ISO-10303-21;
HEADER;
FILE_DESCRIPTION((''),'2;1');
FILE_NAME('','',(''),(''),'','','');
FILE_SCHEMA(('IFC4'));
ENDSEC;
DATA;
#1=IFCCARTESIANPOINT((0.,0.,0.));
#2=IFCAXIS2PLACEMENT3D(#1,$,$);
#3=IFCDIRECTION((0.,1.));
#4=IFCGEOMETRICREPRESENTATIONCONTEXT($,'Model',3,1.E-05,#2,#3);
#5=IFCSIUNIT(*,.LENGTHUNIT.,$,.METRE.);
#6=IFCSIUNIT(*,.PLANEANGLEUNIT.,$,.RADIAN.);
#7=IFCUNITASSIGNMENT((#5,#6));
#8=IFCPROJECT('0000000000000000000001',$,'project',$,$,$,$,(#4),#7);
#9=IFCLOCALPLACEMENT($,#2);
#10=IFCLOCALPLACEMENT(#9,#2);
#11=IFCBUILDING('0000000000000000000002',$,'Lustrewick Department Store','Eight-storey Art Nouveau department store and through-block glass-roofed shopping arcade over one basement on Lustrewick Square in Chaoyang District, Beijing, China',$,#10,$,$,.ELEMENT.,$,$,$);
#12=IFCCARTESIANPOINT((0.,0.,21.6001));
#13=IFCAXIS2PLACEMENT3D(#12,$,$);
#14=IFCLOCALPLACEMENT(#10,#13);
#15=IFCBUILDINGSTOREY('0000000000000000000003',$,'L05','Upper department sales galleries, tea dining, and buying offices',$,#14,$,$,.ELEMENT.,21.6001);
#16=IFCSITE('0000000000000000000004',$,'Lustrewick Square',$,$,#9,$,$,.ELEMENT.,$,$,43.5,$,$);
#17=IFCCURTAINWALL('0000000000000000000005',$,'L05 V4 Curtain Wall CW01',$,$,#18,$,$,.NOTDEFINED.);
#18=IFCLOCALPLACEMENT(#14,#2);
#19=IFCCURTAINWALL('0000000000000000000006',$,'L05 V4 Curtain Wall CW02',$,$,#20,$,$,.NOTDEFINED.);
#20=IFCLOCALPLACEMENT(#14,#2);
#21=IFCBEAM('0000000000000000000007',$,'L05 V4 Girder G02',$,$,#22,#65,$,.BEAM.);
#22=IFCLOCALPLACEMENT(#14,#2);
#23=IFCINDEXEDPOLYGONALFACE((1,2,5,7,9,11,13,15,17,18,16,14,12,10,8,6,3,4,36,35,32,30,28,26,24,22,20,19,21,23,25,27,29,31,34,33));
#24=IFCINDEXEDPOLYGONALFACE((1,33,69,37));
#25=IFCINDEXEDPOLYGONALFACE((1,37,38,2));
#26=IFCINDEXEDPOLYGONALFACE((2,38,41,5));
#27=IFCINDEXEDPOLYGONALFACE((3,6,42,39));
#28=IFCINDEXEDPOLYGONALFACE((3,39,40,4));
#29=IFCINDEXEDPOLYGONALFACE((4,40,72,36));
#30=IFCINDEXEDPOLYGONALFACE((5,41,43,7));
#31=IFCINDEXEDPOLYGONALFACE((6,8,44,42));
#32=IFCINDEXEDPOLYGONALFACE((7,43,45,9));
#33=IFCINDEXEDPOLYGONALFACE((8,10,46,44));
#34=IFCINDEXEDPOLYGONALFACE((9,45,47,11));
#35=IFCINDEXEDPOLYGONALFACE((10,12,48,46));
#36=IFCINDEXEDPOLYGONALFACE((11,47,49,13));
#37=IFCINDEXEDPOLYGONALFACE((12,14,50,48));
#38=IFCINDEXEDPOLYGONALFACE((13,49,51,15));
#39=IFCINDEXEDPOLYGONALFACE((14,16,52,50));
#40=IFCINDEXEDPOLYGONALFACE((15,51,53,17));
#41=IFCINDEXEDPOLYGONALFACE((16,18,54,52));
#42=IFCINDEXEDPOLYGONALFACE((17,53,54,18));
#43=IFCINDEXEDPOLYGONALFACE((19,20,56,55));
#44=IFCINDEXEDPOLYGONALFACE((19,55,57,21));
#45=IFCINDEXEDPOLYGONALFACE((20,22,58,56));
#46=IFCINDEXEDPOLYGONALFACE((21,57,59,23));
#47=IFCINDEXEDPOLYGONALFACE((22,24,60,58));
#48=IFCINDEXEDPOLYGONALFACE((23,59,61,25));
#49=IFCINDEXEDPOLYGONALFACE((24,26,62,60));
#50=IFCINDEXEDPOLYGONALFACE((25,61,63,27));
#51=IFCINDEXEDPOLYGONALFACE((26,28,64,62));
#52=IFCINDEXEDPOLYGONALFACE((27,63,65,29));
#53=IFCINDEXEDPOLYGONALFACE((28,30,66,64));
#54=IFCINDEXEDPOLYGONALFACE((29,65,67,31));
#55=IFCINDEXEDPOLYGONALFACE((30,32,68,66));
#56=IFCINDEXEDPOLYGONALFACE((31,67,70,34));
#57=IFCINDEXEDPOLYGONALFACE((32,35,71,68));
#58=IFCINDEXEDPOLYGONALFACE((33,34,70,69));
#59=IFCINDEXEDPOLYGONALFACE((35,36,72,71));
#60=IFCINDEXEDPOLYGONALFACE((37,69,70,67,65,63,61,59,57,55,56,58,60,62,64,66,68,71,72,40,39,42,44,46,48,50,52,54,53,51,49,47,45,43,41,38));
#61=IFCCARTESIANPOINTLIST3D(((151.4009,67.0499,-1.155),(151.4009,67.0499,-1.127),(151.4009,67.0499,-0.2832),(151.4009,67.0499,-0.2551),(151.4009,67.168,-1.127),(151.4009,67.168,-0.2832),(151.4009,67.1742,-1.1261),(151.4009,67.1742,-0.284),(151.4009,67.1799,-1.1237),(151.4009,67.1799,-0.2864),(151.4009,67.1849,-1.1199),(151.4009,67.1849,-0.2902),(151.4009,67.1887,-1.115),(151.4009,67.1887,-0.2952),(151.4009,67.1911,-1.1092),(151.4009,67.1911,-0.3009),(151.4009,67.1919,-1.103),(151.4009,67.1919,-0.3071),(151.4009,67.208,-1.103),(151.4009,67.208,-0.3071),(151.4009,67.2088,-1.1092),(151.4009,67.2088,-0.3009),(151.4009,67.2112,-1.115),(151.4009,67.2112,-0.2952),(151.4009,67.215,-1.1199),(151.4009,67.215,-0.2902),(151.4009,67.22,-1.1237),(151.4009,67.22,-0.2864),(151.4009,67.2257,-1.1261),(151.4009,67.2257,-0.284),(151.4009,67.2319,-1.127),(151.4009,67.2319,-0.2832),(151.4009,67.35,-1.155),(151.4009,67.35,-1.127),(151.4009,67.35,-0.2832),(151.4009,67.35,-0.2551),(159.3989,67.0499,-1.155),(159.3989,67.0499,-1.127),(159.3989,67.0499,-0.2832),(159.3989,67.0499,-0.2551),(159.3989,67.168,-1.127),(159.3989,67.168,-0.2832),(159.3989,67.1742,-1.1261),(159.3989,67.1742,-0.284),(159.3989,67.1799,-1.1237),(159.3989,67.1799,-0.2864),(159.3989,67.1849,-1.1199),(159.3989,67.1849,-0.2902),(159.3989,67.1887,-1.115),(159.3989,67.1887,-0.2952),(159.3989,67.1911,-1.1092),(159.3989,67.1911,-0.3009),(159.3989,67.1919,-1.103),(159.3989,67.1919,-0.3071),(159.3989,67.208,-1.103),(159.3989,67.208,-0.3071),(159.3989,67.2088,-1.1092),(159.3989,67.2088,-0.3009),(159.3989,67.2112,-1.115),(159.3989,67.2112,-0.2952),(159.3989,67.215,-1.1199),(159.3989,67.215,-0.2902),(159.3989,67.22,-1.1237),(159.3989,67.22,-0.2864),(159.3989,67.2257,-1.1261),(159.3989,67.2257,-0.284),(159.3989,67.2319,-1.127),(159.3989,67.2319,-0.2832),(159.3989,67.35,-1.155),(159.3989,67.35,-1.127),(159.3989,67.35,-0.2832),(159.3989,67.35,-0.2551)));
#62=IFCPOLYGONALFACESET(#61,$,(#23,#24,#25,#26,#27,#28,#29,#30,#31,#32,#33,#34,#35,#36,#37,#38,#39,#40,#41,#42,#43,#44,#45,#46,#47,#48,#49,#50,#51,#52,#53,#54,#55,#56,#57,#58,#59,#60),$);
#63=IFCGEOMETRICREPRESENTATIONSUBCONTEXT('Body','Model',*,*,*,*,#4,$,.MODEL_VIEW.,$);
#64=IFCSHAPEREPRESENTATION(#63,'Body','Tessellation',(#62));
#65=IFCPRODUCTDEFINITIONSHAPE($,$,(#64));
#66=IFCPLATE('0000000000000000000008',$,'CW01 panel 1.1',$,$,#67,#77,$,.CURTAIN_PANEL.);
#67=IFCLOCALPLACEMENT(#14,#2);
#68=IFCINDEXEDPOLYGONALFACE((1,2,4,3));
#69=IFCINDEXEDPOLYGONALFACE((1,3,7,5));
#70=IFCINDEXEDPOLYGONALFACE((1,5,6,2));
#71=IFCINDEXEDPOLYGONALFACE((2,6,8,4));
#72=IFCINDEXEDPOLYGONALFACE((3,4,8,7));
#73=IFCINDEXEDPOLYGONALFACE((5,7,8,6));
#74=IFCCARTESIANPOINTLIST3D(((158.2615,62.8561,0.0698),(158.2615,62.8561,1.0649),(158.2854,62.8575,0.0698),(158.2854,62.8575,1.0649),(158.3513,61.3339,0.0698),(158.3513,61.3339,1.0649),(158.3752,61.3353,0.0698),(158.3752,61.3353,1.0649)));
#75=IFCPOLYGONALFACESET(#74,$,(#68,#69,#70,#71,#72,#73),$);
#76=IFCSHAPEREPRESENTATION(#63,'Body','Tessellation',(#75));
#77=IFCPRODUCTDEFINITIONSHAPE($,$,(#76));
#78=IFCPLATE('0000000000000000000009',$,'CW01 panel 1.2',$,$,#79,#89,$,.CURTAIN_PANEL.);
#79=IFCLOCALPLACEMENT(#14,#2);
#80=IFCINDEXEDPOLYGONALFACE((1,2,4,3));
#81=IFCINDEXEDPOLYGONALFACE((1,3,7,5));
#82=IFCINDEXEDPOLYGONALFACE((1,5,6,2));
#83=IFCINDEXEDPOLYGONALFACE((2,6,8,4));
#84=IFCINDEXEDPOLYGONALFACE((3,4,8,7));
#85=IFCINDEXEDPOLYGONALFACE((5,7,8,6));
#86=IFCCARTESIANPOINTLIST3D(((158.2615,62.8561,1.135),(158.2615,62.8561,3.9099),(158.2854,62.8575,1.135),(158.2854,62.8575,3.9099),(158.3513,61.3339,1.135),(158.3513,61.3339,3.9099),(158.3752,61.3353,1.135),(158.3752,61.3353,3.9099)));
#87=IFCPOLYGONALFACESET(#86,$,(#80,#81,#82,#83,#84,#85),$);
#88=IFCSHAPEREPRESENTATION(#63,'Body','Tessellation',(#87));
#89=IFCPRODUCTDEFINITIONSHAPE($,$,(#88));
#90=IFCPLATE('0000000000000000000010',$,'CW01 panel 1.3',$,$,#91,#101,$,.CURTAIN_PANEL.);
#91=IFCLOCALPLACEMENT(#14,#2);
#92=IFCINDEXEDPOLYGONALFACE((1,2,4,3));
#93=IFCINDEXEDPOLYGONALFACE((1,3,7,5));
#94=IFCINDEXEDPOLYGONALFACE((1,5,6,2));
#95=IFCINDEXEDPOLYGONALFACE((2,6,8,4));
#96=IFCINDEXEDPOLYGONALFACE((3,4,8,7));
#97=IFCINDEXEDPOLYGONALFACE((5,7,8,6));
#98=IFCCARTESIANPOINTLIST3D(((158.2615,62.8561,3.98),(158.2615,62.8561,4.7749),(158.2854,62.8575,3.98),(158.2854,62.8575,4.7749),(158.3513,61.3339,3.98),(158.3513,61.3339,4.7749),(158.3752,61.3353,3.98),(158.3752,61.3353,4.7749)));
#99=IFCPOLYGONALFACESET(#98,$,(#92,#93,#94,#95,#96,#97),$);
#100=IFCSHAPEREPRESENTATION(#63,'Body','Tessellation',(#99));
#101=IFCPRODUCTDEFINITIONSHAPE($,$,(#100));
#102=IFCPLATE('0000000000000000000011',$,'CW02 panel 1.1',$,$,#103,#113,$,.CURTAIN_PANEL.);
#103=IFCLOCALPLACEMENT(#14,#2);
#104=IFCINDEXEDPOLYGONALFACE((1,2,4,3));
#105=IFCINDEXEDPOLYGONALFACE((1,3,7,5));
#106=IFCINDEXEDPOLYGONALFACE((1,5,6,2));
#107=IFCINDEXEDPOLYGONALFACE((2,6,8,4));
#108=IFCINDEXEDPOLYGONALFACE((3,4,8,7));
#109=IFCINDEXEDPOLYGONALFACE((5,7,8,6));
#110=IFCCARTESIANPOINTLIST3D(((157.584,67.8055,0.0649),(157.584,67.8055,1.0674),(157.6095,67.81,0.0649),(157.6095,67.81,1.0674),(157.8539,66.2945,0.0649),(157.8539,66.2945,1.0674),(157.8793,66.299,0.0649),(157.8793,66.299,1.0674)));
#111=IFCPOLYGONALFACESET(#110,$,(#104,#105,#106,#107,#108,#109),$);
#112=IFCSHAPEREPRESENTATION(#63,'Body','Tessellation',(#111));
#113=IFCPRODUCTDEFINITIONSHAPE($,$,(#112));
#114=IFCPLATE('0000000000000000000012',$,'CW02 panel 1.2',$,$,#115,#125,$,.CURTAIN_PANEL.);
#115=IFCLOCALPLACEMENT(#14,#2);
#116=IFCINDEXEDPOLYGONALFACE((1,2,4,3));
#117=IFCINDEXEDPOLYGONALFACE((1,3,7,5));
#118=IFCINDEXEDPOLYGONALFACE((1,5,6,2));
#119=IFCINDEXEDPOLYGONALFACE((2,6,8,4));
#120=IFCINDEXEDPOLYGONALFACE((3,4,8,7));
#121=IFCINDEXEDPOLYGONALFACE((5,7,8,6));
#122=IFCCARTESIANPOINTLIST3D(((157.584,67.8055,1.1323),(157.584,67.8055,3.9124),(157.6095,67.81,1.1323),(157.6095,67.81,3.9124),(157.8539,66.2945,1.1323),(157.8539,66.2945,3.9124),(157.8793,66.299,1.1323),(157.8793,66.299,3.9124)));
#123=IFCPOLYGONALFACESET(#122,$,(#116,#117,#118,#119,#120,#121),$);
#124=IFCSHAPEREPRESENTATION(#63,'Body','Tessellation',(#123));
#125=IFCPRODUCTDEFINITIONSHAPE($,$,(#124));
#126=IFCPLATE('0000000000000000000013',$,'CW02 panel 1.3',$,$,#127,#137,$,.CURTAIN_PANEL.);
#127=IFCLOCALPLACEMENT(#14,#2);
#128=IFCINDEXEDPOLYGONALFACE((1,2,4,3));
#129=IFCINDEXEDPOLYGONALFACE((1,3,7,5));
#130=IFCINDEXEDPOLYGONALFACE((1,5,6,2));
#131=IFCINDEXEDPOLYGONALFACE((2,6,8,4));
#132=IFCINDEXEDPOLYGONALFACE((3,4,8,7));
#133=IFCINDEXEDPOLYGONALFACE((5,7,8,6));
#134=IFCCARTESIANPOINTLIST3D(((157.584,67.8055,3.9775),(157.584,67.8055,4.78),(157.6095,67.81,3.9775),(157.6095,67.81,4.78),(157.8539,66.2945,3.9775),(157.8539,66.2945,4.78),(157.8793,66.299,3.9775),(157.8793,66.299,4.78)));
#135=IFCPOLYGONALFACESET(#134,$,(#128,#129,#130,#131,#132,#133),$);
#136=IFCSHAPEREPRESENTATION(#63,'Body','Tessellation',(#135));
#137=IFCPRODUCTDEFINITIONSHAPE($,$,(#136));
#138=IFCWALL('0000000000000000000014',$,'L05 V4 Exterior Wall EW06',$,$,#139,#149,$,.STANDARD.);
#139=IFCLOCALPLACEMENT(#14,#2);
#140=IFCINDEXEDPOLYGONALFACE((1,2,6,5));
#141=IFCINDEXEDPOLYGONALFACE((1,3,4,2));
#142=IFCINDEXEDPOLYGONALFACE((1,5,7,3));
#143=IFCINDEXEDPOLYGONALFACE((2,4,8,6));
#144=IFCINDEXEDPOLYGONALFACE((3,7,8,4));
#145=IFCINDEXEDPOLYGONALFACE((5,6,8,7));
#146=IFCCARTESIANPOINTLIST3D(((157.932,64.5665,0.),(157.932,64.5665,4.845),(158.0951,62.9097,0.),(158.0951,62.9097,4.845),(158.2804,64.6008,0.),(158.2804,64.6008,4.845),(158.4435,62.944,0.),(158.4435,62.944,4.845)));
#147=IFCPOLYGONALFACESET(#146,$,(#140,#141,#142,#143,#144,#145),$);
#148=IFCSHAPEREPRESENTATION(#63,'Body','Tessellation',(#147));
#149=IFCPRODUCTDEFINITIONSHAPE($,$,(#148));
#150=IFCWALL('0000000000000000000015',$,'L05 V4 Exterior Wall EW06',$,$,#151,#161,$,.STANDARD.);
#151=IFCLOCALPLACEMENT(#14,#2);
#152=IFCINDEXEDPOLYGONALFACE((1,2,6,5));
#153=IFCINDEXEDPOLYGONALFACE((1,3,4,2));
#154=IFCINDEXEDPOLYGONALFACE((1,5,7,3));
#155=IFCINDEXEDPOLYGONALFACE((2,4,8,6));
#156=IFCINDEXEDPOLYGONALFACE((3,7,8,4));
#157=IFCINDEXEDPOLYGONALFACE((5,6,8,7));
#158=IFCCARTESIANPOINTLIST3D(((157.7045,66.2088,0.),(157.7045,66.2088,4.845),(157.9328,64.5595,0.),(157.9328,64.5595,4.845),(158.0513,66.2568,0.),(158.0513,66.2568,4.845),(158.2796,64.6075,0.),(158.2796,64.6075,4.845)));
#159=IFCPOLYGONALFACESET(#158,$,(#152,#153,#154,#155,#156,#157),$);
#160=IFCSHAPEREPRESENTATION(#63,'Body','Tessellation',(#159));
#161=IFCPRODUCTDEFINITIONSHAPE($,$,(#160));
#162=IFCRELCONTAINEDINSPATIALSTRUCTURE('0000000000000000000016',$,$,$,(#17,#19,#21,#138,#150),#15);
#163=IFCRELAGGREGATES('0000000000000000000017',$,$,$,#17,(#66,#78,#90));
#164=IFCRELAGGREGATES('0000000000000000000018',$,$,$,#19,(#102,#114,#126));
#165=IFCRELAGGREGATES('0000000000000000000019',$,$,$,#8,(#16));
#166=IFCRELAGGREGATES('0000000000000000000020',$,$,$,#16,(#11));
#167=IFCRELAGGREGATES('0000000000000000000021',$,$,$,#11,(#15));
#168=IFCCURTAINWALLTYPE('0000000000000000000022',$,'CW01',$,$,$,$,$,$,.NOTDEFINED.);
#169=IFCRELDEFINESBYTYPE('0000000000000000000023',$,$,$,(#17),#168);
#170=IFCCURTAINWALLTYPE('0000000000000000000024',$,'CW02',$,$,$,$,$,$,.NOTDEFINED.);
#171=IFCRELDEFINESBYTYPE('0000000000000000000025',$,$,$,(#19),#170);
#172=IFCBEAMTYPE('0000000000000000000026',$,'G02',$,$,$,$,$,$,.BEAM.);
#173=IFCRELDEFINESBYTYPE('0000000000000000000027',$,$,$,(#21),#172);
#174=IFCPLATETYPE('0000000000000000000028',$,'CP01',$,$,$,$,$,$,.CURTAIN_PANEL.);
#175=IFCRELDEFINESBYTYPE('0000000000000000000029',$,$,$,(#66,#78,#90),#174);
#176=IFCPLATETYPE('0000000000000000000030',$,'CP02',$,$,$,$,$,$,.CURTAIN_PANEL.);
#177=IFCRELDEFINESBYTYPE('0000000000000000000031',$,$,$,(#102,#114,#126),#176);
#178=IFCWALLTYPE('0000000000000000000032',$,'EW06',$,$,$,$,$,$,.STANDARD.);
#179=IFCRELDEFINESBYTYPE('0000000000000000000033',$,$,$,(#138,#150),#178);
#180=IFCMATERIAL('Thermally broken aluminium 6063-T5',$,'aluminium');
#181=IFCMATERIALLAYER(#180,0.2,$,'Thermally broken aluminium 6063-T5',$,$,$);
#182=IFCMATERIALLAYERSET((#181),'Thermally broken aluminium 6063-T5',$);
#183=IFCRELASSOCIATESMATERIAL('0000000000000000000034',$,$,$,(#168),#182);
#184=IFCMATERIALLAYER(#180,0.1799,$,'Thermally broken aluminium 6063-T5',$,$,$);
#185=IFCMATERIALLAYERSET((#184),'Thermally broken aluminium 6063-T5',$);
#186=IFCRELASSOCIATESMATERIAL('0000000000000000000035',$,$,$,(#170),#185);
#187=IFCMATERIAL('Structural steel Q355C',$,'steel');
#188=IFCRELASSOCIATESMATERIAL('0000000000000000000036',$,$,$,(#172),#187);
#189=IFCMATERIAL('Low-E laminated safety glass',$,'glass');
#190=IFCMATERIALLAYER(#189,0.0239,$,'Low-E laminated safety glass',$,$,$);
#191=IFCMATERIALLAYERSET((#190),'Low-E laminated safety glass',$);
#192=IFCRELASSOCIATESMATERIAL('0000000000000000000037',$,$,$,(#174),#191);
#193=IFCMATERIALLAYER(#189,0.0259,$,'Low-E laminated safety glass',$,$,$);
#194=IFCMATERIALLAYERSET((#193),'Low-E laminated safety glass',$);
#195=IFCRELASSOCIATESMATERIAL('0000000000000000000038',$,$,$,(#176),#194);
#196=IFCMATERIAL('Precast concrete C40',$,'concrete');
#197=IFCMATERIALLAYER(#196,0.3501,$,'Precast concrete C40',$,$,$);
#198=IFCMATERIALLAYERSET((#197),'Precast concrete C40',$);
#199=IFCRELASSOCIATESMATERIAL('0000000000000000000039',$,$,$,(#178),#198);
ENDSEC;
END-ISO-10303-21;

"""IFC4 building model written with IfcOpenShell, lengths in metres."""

from ifc_helpers import new_model, si_unit, direction, frame, frame_2d, origin, origin_2d, place, context, subcontext, project, spatial, rectangle, i_section, extrude, material, layer, layer_set, material_profile, profile_set, type_object, element, aggregate, save


model = new_model("IFC4")

# Units and contexts
model_context = context("Model", 3, precision=1e-05, world=origin(), true_north=direction((0.0, 1.0)))
body_context = subcontext(model_context, "Body", "Model", "MODEL_VIEW")
ifc_project = project(units=[si_unit("LENGTHUNIT", "METRE"), si_unit("PLANEANGLEUNIT", "RADIAN")], contexts=[model_context])

# Site, building, storey
site_placement = place(None, origin())
site = spatial("IfcSite", under=ifc_project, at=site_placement, Name="Lustrewick Square", CompositionType="ELEMENT", RefElevation=43.5)
building_placement = place(site_placement, origin())
building = spatial("IfcBuilding", under=site, at=building_placement, Name="Lustrewick Department Store", Description="Eight-storey Art Nouveau department store and through-block glass-roofed shopping arcade over one basement on Lustrewick Square in Chaoyang District, Beijing, China", CompositionType="ELEMENT")
storey_placement = place(building_placement, frame((0.0, 0.0, 21.6001)))
storey = spatial("IfcBuildingStorey", under=building, at=storey_placement, Name="L05", Description="Upper department sales galleries, tea dining, and buying offices", CompositionType="ELEMENT", Elevation=21.6001)

# Curtain walls
ifc_material_1 = material(Name="Thermally broken aluminium 6063-T5", Category="aluminium")
ifc_layer_1 = layer(ifc_material_1, 0.2, Name="Thermally broken aluminium 6063-T5")
ifc_layer_set_1 = layer_set([ifc_layer_1], Name="Thermally broken aluminium 6063-T5")
curtain_wall_type_1 = type_object("IfcCurtainWallType", Name="CW01", PredefinedType="NOTDEFINED", material=ifc_layer_set_1)
curtain_wall_1_placement = place(storey_placement, origin())
curtain_wall_1 = element("IfcCurtainWall", 1, at=curtain_wall_1_placement, inside=storey, type_object=curtain_wall_type_1, Name="L05 V4 Curtain Wall CW01", PredefinedType="NOTDEFINED")
ifc_layer_2 = layer(ifc_material_1, 0.1799, Name="Thermally broken aluminium 6063-T5")
ifc_layer_set_2 = layer_set([ifc_layer_2], Name="Thermally broken aluminium 6063-T5")
curtain_wall_type_2 = type_object("IfcCurtainWallType", Name="CW02", PredefinedType="NOTDEFINED", material=ifc_layer_set_2)
curtain_wall_2_placement = place(storey_placement, origin())
curtain_wall_2 = element("IfcCurtainWall", 2, at=curtain_wall_2_placement, inside=storey, type_object=curtain_wall_type_2, Name="L05 V4 Curtain Wall CW02", PredefinedType="NOTDEFINED")

# Beam
ifc_material_2 = material(Name="Structural steel Q355C", Category="steel")
ifc_material_profile_1 = material_profile(ifc_material_2, i_section(OverallWidth=0.3, OverallDepth=0.8999, WebThickness=0.0161, FlangeThickness=0.0281, FilletRadius=0.0239, at=origin_2d()), Name="HN 900x300x16x28")
ifc_profile_set_1 = profile_set([ifc_material_profile_1], Name="Structural steel Q355C")
beam_type_1 = type_object("IfcBeamType", Name="G02", PredefinedType="BEAM", material=ifc_profile_set_1)
beam_1_placement = place(storey_placement, frame((151.4009, 67.2, -0.7051), z_axis=(1.0, 0.0, 0.0), x_axis=(0.0, 1.0, 0.0)))
element("IfcBeam", 3, at=beam_1_placement, inside=storey, type_object=beam_type_1, Name="L05 V4 Girder G02", PredefinedType="BEAM", context=body_context, shape_type="SweptSolid", body=[
    extrude(i_section(OverallWidth=0.3, OverallDepth=0.8999, WebThickness=0.0161, FlangeThickness=0.0281, FilletRadius=0.0239, at=origin_2d()), origin(), (0.0, 0.0, 1.0), 7.998),
])

# Plates
ifc_material_3 = material(Name="Low-E laminated safety glass", Category="glass")
ifc_layer_3 = layer(ifc_material_3, 0.0239, Name="Low-E laminated safety glass")
ifc_layer_set_3 = layer_set([ifc_layer_3], Name="Low-E laminated safety glass")
plate_type_1 = type_object("IfcPlateType", Name="CP01", PredefinedType="CURTAIN_PANEL", material=ifc_layer_set_3)
plate_1_placement = place(storey_placement, frame((158.3184, 62.0957, 0.0698), z_axis=(0.0, 0.0, 1.0), x_axis=(-0.058859, 0.998266, 0.0)))
plate_1 = element("IfcPlate", 4, at=plate_1_placement, type_object=plate_type_1, Name="CW01 panel 1.1", PredefinedType="CURTAIN_PANEL", context=body_context, shape_type="SweptSolid", body=[
    extrude(rectangle(XDim=1.5249, YDim=0.0239, at=origin_2d()), origin(), (0.0, 0.0, 1.0), 0.9951),
])
plate_2_placement = place(storey_placement, frame((158.3184, 62.0957, 1.135), z_axis=(0.0, 0.0, 1.0), x_axis=(-0.058859, 0.998266, 0.0)))
plate_2 = element("IfcPlate", 5, at=plate_2_placement, type_object=plate_type_1, Name="CW01 panel 1.2", PredefinedType="CURTAIN_PANEL", context=body_context, shape_type="SweptSolid", body=[
    extrude(rectangle(XDim=1.5249, YDim=0.0239, at=origin_2d()), origin(), (0.0, 0.0, 1.0), 2.7749),
])
plate_3_placement = place(storey_placement, frame((158.3184, 62.0957, 3.98), z_axis=(0.0, 0.0, 1.0), x_axis=(-0.058859, 0.998266, 0.0)))
plate_3 = element("IfcPlate", 6, at=plate_3_placement, type_object=plate_type_1, Name="CW01 panel 1.3", PredefinedType="CURTAIN_PANEL", context=body_context, shape_type="SweptSolid", body=[
    extrude(rectangle(XDim=1.5249, YDim=0.0239, at=origin_2d()), origin(), (0.0, 0.0, 1.0), 0.7949),
])
aggregate(curtain_wall_1, [plate_1, plate_2, plate_3])
ifc_layer_4 = layer(ifc_material_3, 0.0259, Name="Low-E laminated safety glass")
ifc_layer_set_4 = layer_set([ifc_layer_4], Name="Low-E laminated safety glass")
plate_type_2 = type_object("IfcPlateType", Name="CP02", PredefinedType="CURTAIN_PANEL", material=ifc_layer_set_4)
plate_4_placement = place(storey_placement, frame((157.7317, 67.0522, 0.0649), z_axis=(0.0, 0.0, 1.0), x_axis=(-0.175803, 0.984425, 0.0)))
plate_4 = element("IfcPlate", 7, at=plate_4_placement, type_object=plate_type_2, Name="CW02 panel 1.1", PredefinedType="CURTAIN_PANEL", context=body_context, shape_type="SweptSolid", body=[
    extrude(rectangle(XDim=1.5349, YDim=0.0259, at=origin_2d()), origin(), (0.0, 0.0, 1.0), 1.0024),
])
plate_5_placement = place(storey_placement, frame((157.7317, 67.0522, 1.1323), z_axis=(0.0, 0.0, 1.0), x_axis=(-0.175803, 0.984425, 0.0)))
plate_5 = element("IfcPlate", 8, at=plate_5_placement, type_object=plate_type_2, Name="CW02 panel 1.2", PredefinedType="CURTAIN_PANEL", context=body_context, shape_type="SweptSolid", body=[
    extrude(rectangle(XDim=1.5349, YDim=0.0259, at=origin_2d()), origin(), (0.0, 0.0, 1.0), 2.78),
])
plate_6_placement = place(storey_placement, frame((157.7317, 67.0522, 3.9775), z_axis=(0.0, 0.0, 1.0), x_axis=(-0.175803, 0.984425, 0.0)))
plate_6 = element("IfcPlate", 9, at=plate_6_placement, type_object=plate_type_2, Name="CW02 panel 1.3", PredefinedType="CURTAIN_PANEL", context=body_context, shape_type="SweptSolid", body=[
    extrude(rectangle(XDim=1.5349, YDim=0.0259, at=origin_2d()), origin(), (0.0, 0.0, 1.0), 0.8025),
])
aggregate(curtain_wall_2, [plate_4, plate_5, plate_6])

# Walls
ifc_material_4 = material(Name="Precast concrete C40", Category="concrete")
ifc_layer_5 = layer(ifc_material_4, 0.3501, Name="Precast concrete C40")
ifc_layer_set_5 = layer_set([ifc_layer_5], Name="Precast concrete C40")
wall_type = type_object("IfcWallType", Name="EW06", PredefinedType="STANDARD", material=ifc_layer_set_5)
wall_1_placement = place(storey_placement, frame((158.2693, 62.9268, 0.0), z_axis=(0.0, 0.0, 1.0), x_axis=(-0.097964, 0.99519, 0.0)))
element("IfcWall", 10, at=wall_1_placement, inside=storey, type_object=wall_type, Name="L05 V4 Exterior Wall EW06", PredefinedType="STANDARD", context=body_context, shape_type="SweptSolid", body=[
    extrude(rectangle(XDim=1.6648, YDim=0.3501, at=frame_2d((0.8325, 0.0))), origin(), (0.0, 0.0, 1.0), 4.845),
])
wall_2_placement = place(storey_placement, frame((158.1062, 64.5835, 0.0), z_axis=(0.0, 0.0, 1.0), x_axis=(-0.137089, 0.990559, 0.0)))
element("IfcWall", 11, at=wall_2_placement, inside=storey, type_object=wall_type, Name="L05 V4 Exterior Wall EW06", PredefinedType="STANDARD", context=body_context, shape_type="SweptSolid", body=[
    extrude(rectangle(XDim=1.665, YDim=0.3501, at=frame_2d((0.8325, 0.0))), origin(), (0.0, 0.0, 1.0), 4.845),
])

save(model, "model.ifc")
